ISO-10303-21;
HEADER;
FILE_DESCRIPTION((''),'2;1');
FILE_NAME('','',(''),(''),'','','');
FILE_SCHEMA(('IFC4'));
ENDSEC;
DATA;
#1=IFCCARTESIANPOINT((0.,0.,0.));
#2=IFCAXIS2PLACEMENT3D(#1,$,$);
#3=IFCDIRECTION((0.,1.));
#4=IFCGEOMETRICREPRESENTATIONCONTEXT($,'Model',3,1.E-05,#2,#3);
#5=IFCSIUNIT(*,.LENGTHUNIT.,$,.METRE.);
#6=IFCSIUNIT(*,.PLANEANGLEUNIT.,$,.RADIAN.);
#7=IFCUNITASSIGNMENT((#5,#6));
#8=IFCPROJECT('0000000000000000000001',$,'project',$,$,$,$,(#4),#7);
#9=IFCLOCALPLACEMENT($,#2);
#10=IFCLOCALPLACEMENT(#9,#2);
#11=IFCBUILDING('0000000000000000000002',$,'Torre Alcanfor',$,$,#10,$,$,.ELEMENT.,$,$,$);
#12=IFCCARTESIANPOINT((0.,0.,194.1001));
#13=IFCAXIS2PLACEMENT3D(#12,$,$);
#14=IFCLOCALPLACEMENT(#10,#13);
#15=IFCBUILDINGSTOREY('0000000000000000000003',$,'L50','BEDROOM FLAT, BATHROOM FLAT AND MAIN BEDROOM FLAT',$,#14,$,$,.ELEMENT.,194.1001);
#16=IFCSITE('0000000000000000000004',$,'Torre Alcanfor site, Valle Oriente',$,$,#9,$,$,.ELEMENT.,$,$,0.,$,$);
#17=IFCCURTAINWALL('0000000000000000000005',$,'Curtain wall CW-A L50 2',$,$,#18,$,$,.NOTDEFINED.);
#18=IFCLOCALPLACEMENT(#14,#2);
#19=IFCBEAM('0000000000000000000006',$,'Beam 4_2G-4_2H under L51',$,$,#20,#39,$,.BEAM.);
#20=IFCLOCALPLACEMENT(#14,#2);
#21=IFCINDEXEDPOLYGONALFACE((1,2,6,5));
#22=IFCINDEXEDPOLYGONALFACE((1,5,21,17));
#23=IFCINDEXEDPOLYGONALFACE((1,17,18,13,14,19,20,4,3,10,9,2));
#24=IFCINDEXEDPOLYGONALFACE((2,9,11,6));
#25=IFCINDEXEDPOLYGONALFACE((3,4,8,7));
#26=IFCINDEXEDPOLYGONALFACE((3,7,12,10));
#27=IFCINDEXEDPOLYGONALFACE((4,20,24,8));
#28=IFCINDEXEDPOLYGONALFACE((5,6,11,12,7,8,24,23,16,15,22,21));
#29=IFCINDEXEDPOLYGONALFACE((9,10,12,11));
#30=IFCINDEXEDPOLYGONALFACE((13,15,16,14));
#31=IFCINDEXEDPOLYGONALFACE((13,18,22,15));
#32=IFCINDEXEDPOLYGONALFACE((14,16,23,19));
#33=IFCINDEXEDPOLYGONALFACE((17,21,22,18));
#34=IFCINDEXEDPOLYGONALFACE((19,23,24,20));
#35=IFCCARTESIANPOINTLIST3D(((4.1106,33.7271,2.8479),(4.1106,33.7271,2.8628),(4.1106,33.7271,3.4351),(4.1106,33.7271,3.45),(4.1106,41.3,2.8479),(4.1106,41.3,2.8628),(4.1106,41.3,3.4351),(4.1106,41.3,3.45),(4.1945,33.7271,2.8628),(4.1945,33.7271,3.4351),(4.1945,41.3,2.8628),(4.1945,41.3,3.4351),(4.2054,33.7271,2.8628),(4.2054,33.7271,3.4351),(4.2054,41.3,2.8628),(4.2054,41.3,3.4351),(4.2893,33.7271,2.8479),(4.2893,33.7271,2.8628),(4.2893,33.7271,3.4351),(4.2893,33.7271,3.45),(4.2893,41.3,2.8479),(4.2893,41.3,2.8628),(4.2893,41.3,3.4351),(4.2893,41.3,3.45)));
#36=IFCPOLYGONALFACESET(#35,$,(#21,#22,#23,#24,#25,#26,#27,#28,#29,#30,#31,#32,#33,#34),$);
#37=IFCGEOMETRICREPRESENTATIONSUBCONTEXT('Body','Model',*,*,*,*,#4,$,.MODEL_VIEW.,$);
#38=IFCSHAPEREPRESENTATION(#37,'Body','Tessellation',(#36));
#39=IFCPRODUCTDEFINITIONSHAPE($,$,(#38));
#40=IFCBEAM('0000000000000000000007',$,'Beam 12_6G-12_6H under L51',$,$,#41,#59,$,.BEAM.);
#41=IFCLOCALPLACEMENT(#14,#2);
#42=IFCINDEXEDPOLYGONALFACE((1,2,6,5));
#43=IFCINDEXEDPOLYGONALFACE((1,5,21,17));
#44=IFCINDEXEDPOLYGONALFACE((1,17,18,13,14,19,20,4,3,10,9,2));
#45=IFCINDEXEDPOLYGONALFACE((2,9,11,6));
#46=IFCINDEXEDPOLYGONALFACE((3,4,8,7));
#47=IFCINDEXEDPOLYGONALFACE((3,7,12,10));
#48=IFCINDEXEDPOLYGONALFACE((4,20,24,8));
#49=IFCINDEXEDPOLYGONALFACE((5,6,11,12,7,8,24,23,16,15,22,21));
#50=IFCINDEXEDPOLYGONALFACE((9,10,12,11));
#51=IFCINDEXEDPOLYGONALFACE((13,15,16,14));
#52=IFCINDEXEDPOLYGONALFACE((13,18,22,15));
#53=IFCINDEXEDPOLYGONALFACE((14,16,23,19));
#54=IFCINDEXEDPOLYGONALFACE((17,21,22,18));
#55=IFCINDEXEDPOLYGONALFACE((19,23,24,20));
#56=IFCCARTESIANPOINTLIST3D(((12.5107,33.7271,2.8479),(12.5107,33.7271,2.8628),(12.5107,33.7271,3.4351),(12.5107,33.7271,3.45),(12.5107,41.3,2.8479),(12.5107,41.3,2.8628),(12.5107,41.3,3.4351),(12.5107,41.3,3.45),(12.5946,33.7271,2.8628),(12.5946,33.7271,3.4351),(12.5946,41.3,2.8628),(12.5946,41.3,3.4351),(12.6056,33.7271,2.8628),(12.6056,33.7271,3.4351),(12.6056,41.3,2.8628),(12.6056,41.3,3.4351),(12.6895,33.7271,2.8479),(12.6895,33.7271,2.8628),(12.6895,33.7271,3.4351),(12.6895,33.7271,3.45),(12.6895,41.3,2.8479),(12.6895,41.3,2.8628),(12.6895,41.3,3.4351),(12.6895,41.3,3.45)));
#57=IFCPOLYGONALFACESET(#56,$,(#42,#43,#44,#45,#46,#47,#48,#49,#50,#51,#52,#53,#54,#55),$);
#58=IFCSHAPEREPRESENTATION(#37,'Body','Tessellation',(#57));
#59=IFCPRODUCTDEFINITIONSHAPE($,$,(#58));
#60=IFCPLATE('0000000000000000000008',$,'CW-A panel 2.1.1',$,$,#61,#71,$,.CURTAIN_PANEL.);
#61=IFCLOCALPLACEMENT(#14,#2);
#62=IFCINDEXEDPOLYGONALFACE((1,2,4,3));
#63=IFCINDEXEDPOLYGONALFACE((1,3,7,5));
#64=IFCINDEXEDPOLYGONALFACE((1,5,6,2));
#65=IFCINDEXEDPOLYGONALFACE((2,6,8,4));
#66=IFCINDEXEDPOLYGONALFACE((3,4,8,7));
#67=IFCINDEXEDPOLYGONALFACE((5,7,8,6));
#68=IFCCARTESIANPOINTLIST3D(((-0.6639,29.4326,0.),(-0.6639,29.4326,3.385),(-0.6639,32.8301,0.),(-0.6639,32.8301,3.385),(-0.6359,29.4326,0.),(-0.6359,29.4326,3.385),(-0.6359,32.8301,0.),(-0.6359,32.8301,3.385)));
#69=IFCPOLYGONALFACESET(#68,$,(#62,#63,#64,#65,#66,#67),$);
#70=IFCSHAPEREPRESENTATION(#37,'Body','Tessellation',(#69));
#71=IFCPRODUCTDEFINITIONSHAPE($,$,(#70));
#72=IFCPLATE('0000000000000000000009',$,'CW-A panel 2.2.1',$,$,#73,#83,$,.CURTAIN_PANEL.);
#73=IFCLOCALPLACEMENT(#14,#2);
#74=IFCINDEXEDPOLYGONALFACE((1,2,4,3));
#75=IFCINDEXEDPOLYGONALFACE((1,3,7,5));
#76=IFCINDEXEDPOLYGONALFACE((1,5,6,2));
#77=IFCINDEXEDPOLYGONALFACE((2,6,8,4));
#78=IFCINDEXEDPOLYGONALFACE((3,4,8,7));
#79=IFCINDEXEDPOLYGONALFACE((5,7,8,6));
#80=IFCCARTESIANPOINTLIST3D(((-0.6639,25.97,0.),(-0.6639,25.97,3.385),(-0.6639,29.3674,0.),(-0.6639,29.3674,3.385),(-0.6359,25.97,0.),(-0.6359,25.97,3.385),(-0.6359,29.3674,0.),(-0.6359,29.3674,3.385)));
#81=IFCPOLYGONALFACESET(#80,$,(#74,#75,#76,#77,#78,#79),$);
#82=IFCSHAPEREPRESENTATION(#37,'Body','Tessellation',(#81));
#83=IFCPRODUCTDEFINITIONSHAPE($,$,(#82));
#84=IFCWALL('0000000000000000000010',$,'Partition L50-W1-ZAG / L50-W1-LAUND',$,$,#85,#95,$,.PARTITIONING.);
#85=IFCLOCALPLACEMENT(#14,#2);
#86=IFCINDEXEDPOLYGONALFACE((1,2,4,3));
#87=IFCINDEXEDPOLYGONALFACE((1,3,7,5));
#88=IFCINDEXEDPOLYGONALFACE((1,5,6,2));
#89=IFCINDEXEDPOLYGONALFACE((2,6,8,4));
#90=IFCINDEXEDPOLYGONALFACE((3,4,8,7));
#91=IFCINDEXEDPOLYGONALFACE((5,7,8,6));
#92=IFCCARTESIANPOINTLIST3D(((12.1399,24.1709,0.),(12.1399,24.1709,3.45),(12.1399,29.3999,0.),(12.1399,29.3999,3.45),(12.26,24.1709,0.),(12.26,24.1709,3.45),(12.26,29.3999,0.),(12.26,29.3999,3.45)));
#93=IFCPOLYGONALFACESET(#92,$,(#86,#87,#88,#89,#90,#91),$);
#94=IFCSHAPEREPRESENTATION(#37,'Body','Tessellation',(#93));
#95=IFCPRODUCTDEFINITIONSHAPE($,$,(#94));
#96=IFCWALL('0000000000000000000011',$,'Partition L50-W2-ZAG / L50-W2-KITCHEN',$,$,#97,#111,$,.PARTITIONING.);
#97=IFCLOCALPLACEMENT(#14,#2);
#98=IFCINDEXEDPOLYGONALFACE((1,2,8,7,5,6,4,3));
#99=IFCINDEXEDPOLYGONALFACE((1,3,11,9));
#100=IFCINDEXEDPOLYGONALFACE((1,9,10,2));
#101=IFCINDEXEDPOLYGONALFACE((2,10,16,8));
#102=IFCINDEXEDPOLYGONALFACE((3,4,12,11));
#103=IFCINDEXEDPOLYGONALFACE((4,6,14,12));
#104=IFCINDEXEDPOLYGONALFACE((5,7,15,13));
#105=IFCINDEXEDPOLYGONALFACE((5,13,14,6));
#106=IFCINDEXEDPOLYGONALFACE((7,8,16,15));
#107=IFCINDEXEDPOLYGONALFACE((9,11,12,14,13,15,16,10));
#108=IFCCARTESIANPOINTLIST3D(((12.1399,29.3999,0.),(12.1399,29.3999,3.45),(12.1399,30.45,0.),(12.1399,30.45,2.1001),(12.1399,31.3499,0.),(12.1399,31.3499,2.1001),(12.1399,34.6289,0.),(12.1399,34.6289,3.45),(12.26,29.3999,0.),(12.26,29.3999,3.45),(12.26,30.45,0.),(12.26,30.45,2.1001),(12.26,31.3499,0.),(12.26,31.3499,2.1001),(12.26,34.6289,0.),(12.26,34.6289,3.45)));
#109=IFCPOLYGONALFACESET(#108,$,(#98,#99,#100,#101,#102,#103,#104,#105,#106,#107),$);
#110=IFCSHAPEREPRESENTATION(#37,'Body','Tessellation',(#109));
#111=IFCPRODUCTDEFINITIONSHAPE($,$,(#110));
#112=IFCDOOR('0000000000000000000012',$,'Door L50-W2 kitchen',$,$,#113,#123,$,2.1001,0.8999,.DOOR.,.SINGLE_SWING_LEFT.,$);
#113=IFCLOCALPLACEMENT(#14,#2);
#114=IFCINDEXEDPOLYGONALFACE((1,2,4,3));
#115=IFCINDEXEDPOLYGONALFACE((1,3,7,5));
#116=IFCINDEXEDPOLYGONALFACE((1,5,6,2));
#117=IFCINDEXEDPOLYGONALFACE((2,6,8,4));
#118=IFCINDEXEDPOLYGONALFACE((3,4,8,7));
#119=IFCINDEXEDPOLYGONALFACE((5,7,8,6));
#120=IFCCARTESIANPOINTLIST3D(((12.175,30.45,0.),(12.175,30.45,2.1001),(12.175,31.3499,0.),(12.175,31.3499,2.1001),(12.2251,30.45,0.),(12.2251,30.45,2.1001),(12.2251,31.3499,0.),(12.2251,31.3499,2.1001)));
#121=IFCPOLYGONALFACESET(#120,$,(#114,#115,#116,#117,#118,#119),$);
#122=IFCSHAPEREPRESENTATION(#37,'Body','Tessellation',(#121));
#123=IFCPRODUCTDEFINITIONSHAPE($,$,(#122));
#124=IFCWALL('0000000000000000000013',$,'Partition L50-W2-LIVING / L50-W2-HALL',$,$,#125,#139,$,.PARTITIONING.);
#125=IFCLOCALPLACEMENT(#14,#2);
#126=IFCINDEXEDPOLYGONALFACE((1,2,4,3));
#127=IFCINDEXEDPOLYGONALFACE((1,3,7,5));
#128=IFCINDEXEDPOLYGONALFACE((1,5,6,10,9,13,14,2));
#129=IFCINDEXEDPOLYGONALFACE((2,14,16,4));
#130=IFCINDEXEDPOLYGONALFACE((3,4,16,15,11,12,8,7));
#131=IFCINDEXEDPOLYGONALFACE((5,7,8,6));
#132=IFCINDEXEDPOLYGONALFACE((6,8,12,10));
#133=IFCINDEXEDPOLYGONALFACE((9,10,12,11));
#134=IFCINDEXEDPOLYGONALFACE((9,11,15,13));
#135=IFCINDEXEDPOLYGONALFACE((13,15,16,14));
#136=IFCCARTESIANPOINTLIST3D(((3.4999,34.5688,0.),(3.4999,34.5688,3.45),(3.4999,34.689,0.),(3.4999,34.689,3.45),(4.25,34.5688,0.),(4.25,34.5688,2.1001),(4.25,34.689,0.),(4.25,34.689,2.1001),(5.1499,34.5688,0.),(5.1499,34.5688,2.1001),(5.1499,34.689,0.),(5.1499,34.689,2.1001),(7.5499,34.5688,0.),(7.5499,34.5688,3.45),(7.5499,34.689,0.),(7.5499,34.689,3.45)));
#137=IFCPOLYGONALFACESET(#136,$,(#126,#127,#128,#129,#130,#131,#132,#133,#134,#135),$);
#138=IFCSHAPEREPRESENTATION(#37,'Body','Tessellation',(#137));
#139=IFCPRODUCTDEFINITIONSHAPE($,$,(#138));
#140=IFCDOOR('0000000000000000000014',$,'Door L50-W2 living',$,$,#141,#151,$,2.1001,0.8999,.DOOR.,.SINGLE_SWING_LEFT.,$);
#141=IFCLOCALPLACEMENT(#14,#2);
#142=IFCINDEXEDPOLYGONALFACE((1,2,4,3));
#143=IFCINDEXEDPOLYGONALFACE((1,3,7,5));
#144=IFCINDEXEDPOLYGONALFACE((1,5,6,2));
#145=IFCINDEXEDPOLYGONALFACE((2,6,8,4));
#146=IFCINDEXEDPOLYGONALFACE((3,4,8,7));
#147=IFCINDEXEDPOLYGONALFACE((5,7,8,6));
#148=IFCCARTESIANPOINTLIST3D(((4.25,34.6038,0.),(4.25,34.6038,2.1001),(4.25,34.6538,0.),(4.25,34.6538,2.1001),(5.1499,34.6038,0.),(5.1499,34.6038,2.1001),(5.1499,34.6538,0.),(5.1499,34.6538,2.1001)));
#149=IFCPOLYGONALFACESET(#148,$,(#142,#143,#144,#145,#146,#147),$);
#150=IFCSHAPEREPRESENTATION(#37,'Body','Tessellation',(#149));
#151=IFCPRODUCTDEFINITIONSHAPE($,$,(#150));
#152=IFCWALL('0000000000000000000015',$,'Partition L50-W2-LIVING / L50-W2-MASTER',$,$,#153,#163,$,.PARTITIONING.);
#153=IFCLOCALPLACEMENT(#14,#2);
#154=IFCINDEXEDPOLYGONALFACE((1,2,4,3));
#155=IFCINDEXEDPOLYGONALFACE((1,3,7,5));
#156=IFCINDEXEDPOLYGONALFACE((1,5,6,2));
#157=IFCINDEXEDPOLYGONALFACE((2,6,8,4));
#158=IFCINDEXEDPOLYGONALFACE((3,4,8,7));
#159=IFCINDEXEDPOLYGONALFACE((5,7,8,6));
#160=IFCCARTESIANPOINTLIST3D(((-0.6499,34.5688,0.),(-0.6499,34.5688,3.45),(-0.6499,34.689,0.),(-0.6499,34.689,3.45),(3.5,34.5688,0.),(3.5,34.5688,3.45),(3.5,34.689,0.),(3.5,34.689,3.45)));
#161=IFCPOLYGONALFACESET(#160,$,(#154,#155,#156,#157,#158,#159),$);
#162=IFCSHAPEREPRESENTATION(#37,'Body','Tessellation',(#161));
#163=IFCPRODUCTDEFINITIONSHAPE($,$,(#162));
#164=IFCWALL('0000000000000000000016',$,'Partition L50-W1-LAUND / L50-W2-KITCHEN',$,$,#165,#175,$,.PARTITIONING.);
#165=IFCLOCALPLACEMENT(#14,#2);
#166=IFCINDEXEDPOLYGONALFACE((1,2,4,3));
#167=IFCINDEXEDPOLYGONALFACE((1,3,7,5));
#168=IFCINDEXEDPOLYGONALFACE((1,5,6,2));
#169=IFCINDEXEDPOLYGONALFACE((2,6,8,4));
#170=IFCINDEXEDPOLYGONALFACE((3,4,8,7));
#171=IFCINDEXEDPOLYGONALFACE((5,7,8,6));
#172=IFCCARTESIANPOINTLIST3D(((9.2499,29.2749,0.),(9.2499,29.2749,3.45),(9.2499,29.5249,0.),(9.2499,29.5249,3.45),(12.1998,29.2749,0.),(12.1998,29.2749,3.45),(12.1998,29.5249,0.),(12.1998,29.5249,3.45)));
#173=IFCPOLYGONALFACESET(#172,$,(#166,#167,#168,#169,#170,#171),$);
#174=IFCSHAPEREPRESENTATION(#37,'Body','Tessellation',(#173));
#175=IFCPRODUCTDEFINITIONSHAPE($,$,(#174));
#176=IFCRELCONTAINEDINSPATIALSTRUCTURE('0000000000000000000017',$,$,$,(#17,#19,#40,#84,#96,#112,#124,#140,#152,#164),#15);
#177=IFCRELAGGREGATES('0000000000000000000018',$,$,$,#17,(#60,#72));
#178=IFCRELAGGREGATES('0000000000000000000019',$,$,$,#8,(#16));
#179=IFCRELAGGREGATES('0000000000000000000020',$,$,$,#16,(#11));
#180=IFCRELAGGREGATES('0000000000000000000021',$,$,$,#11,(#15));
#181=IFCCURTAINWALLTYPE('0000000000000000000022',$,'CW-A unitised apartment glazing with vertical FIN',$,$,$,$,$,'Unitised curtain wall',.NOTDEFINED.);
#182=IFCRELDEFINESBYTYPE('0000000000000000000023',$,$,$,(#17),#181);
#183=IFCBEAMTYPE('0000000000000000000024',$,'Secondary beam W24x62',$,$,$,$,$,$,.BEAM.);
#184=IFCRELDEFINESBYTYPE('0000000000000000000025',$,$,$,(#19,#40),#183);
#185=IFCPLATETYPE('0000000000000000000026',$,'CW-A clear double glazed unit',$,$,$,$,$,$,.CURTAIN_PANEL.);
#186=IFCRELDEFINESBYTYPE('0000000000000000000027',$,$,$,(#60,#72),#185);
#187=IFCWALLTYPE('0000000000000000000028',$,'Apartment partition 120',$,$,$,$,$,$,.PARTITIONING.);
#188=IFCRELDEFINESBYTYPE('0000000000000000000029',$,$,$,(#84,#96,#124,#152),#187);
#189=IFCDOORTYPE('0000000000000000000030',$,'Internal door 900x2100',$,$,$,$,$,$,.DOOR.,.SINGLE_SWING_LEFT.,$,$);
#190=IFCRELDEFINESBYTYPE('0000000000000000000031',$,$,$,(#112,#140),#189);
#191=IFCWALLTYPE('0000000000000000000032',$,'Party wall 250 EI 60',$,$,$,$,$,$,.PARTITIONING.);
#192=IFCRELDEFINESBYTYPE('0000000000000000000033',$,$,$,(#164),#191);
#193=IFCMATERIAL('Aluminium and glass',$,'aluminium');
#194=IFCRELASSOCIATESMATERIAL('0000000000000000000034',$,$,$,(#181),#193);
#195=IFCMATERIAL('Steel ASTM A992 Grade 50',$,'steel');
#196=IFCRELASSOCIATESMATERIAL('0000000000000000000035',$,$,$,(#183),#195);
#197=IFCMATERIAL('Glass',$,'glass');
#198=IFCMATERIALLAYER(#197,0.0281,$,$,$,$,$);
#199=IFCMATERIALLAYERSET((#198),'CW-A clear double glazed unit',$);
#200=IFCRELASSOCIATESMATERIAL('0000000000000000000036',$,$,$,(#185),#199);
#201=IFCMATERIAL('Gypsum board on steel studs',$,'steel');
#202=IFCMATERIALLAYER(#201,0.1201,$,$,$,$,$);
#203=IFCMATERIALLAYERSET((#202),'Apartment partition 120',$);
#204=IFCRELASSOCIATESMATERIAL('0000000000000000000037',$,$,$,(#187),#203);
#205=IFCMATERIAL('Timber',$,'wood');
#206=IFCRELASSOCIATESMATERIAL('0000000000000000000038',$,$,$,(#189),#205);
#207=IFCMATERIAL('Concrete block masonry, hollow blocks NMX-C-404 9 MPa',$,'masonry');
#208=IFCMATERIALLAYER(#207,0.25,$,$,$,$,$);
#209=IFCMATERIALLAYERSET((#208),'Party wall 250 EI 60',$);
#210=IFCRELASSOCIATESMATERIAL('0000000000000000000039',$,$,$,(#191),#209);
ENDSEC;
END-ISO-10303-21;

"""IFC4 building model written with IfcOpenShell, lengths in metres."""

from ifc_helpers import new_model, si_unit, direction, frame, frame_2d, origin, origin_2d, place, context, subcontext, project, spatial, rectangle, i_section, extrude, material, layer, layer_set, material_profile, profile_set, type_object, element, fill, aggregate, save


model = new_model("IFC4")

# Units and contexts
model_context = context("Model", 3, precision=1e-05, world=origin(), true_north=direction((0.0, 1.0)))
body_context = subcontext(model_context, "Body", "Model", "MODEL_VIEW")
ifc_project = project(units=[si_unit("LENGTHUNIT", "METRE"), si_unit("PLANEANGLEUNIT", "RADIAN")], contexts=[model_context])

# Site, building, storey
site_placement = place(None, origin())
site = spatial("IfcSite", under=ifc_project, at=site_placement, Name="Torre Alcanfor site, Valle Oriente", CompositionType="ELEMENT", RefElevation=0.0)
building_placement = place(site_placement, origin())
building = spatial("IfcBuilding", under=site, at=building_placement, Name="Torre Alcanfor", CompositionType="ELEMENT")
storey_placement = place(building_placement, frame((0.0, 0.0, 194.1001)))
storey = spatial("IfcBuildingStorey", under=building, at=storey_placement, Name="L50", Description="BEDROOM FLAT, BATHROOM FLAT AND MAIN BEDROOM FLAT", CompositionType="ELEMENT", Elevation=194.1001)

# Curtain wall
ifc_material_1 = material(Name="Aluminium and glass", Category="aluminium")
curtain_wall_type = type_object("IfcCurtainWallType", Name="CW-A unitised apartment glazing with vertical FIN", ElementType="Unitised curtain wall", PredefinedType="NOTDEFINED", material=ifc_material_1)
curtain_wall_placement = place(storey_placement, origin())
curtain_wall = element("IfcCurtainWall", 1, at=curtain_wall_placement, inside=storey, type_object=curtain_wall_type, Name="Curtain wall CW-A L50 2", PredefinedType="NOTDEFINED")

# Beams
ifc_material_2 = material(Name="Steel ASTM A992 Grade 50", Category="steel")
ifc_material_profile_1 = material_profile(ifc_material_2, i_section(OverallWidth=0.1787, OverallDepth=0.6021, WebThickness=0.011, FlangeThickness=0.0149, at=origin_2d()), Name="W24x62")
ifc_profile_set_1 = profile_set([ifc_material_profile_1], Name="Steel ASTM A992 Grade 50")
beam_type_1 = type_object("IfcBeamType", Name="Secondary beam W24x62", PredefinedType="BEAM", material=ifc_profile_set_1)
for number, where, z_axis, x_axis, name in (
    (2, (4.2, 33.7271, 3.1489), (0.0, 1.0, 0.0), (-1.0, 0.0, 0.0), "Beam 4_2G-4_2H under L51"),
    (3, (12.6001, 33.7271, 3.1489), (0.0, 1.0, 0.0), (-1.0, 0.0, 0.0), "Beam 12_6G-12_6H under L51"),
):
    element("IfcBeam", number, at=place(storey_placement, frame(where, z_axis=z_axis, x_axis=x_axis)), inside=storey, type_object=beam_type_1, Name=name, PredefinedType="BEAM", context=body_context, shape_type="SweptSolid", body=[
        extrude(i_section(OverallWidth=0.1787, OverallDepth=0.6021, WebThickness=0.011, FlangeThickness=0.0149, at=origin_2d()), origin(), (0.0, 0.0, 1.0), 7.573),
    ])

# Plates
ifc_material_3 = material(Name="Glass", Category="glass")
ifc_layer_1 = layer(ifc_material_3, 0.0281)
ifc_layer_set_1 = layer_set([ifc_layer_1], Name="CW-A clear double glazed unit")
plate_type = type_object("IfcPlateType", Name="CW-A clear double glazed unit", PredefinedType="CURTAIN_PANEL", material=ifc_layer_set_1)
plate_1_placement = place(storey_placement, frame((-0.6499, 31.1313, 0.0), z_axis=(0.0, 0.0, 1.0), x_axis=(0.0, -1.0, 0.0)))
plate_1 = element("IfcPlate", 4, at=plate_1_placement, type_object=plate_type, Name="CW-A panel 2.1.1", PredefinedType="CURTAIN_PANEL", context=body_context, shape_type="SweptSolid", body=[
    extrude(rectangle(XDim=3.3975, YDim=0.0281, at=origin_2d()), origin(), (0.0, 0.0, 1.0), 3.385),
])
plate_2_placement = place(storey_placement, frame((-0.6499, 27.6687, 0.0), z_axis=(0.0, 0.0, 1.0), x_axis=(0.0, -1.0, 0.0)))
plate_2 = element("IfcPlate", 5, at=plate_2_placement, type_object=plate_type, Name="CW-A panel 2.2.1", PredefinedType="CURTAIN_PANEL", context=body_context, shape_type="SweptSolid", body=[
    extrude(rectangle(XDim=3.3975, YDim=0.0281, at=origin_2d()), origin(), (0.0, 0.0, 1.0), 3.385),
])
aggregate(curtain_wall, [plate_1, plate_2])

# Wall
ifc_material_4 = material(Name="Gypsum board on steel studs", Category="steel")
ifc_layer_2 = layer(ifc_material_4, 0.1201)
ifc_layer_set_2 = layer_set([ifc_layer_2], Name="Apartment partition 120")
wall_type_1 = type_object("IfcWallType", Name="Apartment partition 120", PredefinedType="PARTITIONING", material=ifc_layer_set_2)
wall_1_placement = place(storey_placement, frame((12.2, 29.3999, 0.0), z_axis=(0.0, 0.0, 1.0), x_axis=(0.0, -1.0, 0.0)))
element("IfcWall", 6, at=wall_1_placement, inside=storey, type_object=wall_type_1, Name="Partition L50-W1-ZAG / L50-W1-LAUND", PredefinedType="PARTITIONING", context=body_context, shape_type="SweptSolid", body=[
    extrude(rectangle(XDim=5.229, YDim=0.1201, at=frame_2d((2.6145, 0.0))), origin(), (0.0, 0.0, 1.0), 3.45),
])

# Walls, openings, doors
wall_2_placement = place(storey_placement, frame((12.2, 29.3999, 0.0), z_axis=(0.0, 0.0, 1.0), x_axis=(0.0, 1.0, 0.0)))
wall_2 = element("IfcWall", 7, at=wall_2_placement, inside=storey, type_object=wall_type_1, Name="Partition L50-W2-ZAG / L50-W2-KITCHEN", PredefinedType="PARTITIONING", context=body_context, shape_type="SweptSolid", body=[
    extrude(rectangle(XDim=5.229, YDim=0.1201, at=frame_2d((2.6145, 0.0))), origin(), (0.0, 0.0, 1.0), 3.45),
])
opening_1_placement = place(wall_2_placement, frame((1.05, 0.0, 0.0)))
opening_1 = element("IfcOpeningElement", 8, at=opening_1_placement, cuts=wall_2, PredefinedType="OPENING", context=body_context, shape_type="SweptSolid", body=[
    extrude(rectangle(XDim=0.8999, YDim=2.1001, at=frame_2d((0.45, 1.05))), frame((0.0, 0.0701, 0.0), z_axis=(0.0, -1.0, 0.0), x_axis=(1.0, 0.0, 0.0)), (0.0, 0.0, 1.0), 0.1401),
])
ifc_material_5 = material(Name="Timber", Category="wood")
door_type = type_object("IfcDoorType", Name="Internal door 900x2100", OperationType="SINGLE_SWING_LEFT", PredefinedType="DOOR", material=ifc_material_5)
door_1_placement = place(opening_1_placement, origin())
door_1 = element("IfcDoor", 9, at=door_1_placement, inside=storey, type_object=door_type, Name="Door L50-W2 kitchen", OperationType="SINGLE_SWING_LEFT", OverallHeight=2.1001, OverallWidth=0.8999, PredefinedType="DOOR", context=body_context, shape_type="SweptSolid", body=[
    extrude(rectangle(XDim=0.8999, YDim=2.1001, at=frame_2d((0.45, 1.05))), frame((0.0, 0.0249, 0.0), z_axis=(0.0, -1.0, 0.0), x_axis=(1.0, 0.0, 0.0)), (0.0, 0.0, 1.0), 0.05),
])
fill(opening_1, door_1)
wall_3_placement = place(storey_placement, frame((3.5, 34.6289, 0.0), z_axis=(0.0, 0.0, 1.0), x_axis=(1.0, 0.0, 0.0)))
wall_3 = element("IfcWall", 10, at=wall_3_placement, inside=storey, type_object=wall_type_1, Name="Partition L50-W2-LIVING / L50-W2-HALL", PredefinedType="PARTITIONING", context=body_context, shape_type="SweptSolid", body=[
    extrude(rectangle(XDim=4.05, YDim=0.1201, at=frame_2d((2.0249, 0.0))), origin(), (0.0, 0.0, 1.0), 3.45),
])
opening_2_placement = place(wall_3_placement, frame((0.75, 0.0, 0.0)))
opening_2 = element("IfcOpeningElement", 11, at=opening_2_placement, cuts=wall_3, PredefinedType="OPENING", context=body_context, shape_type="SweptSolid", body=[
    extrude(rectangle(XDim=0.8999, YDim=2.1001, at=frame_2d((0.45, 1.05))), frame((0.0, 0.0701, 0.0), z_axis=(0.0, -1.0, 0.0), x_axis=(1.0, 0.0, 0.0)), (0.0, 0.0, 1.0), 0.1401),
])
door_2_placement = place(opening_2_placement, frame((0.8999, 0.0, 0.0), z_axis=(0.0, 0.0, 1.0), x_axis=(-1.0, 0.0, 0.0)))
door_2 = element("IfcDoor", 12, at=door_2_placement, inside=storey, type_object=door_type, Name="Door L50-W2 living", OperationType="SINGLE_SWING_LEFT", OverallHeight=2.1001, OverallWidth=0.8999, PredefinedType="DOOR", context=body_context, shape_type="SweptSolid", body=[
    extrude(rectangle(XDim=0.8999, YDim=2.1001, at=frame_2d((0.45, 1.05))), frame((0.0, 0.0251, 0.0), z_axis=(0.0, -1.0, 0.0), x_axis=(1.0, 0.0, 0.0)), (0.0, 0.0, 1.0), 0.05),
])
fill(opening_2, door_2)

# Walls
wall_4_placement = place(storey_placement, frame((-0.6499, 34.6289, 0.0), z_axis=(0.0, 0.0, 1.0), x_axis=(1.0, 0.0, 0.0)))
element("IfcWall", 13, at=wall_4_placement, inside=storey, type_object=wall_type_1, Name="Partition L50-W2-LIVING / L50-W2-MASTER", PredefinedType="PARTITIONING", context=body_context, shape_type="SweptSolid", body=[
    extrude(rectangle(XDim=4.1499, YDim=0.1201, at=frame_2d((2.075, 0.0))), origin(), (0.0, 0.0, 1.0), 3.45),
])
ifc_material_6 = material(Name="Concrete block masonry, hollow blocks NMX-C-404 9 MPa", Category="masonry")
ifc_layer_3 = layer(ifc_material_6, 0.25)
ifc_layer_set_3 = layer_set([ifc_layer_3], Name="Party wall 250 EI 60")
wall_type_2 = type_object("IfcWallType", Name="Party wall 250 EI 60", PredefinedType="PARTITIONING", material=ifc_layer_set_3)
wall_5_placement = place(storey_placement, frame((12.2, 29.3999, 0.0), z_axis=(0.0, 0.0, 1.0), x_axis=(-1.0, 0.0, 0.0)))
element("IfcWall", 14, at=wall_5_placement, inside=storey, type_object=wall_type_2, Name="Partition L50-W1-LAUND / L50-W2-KITCHEN", PredefinedType="PARTITIONING", context=body_context, shape_type="SweptSolid", body=[
    extrude(rectangle(XDim=2.95, YDim=0.25, at=frame_2d((1.4751, 0.0))), origin(), (0.0, 0.0, 1.0), 3.45),
])

save(model, "model.ifc")
